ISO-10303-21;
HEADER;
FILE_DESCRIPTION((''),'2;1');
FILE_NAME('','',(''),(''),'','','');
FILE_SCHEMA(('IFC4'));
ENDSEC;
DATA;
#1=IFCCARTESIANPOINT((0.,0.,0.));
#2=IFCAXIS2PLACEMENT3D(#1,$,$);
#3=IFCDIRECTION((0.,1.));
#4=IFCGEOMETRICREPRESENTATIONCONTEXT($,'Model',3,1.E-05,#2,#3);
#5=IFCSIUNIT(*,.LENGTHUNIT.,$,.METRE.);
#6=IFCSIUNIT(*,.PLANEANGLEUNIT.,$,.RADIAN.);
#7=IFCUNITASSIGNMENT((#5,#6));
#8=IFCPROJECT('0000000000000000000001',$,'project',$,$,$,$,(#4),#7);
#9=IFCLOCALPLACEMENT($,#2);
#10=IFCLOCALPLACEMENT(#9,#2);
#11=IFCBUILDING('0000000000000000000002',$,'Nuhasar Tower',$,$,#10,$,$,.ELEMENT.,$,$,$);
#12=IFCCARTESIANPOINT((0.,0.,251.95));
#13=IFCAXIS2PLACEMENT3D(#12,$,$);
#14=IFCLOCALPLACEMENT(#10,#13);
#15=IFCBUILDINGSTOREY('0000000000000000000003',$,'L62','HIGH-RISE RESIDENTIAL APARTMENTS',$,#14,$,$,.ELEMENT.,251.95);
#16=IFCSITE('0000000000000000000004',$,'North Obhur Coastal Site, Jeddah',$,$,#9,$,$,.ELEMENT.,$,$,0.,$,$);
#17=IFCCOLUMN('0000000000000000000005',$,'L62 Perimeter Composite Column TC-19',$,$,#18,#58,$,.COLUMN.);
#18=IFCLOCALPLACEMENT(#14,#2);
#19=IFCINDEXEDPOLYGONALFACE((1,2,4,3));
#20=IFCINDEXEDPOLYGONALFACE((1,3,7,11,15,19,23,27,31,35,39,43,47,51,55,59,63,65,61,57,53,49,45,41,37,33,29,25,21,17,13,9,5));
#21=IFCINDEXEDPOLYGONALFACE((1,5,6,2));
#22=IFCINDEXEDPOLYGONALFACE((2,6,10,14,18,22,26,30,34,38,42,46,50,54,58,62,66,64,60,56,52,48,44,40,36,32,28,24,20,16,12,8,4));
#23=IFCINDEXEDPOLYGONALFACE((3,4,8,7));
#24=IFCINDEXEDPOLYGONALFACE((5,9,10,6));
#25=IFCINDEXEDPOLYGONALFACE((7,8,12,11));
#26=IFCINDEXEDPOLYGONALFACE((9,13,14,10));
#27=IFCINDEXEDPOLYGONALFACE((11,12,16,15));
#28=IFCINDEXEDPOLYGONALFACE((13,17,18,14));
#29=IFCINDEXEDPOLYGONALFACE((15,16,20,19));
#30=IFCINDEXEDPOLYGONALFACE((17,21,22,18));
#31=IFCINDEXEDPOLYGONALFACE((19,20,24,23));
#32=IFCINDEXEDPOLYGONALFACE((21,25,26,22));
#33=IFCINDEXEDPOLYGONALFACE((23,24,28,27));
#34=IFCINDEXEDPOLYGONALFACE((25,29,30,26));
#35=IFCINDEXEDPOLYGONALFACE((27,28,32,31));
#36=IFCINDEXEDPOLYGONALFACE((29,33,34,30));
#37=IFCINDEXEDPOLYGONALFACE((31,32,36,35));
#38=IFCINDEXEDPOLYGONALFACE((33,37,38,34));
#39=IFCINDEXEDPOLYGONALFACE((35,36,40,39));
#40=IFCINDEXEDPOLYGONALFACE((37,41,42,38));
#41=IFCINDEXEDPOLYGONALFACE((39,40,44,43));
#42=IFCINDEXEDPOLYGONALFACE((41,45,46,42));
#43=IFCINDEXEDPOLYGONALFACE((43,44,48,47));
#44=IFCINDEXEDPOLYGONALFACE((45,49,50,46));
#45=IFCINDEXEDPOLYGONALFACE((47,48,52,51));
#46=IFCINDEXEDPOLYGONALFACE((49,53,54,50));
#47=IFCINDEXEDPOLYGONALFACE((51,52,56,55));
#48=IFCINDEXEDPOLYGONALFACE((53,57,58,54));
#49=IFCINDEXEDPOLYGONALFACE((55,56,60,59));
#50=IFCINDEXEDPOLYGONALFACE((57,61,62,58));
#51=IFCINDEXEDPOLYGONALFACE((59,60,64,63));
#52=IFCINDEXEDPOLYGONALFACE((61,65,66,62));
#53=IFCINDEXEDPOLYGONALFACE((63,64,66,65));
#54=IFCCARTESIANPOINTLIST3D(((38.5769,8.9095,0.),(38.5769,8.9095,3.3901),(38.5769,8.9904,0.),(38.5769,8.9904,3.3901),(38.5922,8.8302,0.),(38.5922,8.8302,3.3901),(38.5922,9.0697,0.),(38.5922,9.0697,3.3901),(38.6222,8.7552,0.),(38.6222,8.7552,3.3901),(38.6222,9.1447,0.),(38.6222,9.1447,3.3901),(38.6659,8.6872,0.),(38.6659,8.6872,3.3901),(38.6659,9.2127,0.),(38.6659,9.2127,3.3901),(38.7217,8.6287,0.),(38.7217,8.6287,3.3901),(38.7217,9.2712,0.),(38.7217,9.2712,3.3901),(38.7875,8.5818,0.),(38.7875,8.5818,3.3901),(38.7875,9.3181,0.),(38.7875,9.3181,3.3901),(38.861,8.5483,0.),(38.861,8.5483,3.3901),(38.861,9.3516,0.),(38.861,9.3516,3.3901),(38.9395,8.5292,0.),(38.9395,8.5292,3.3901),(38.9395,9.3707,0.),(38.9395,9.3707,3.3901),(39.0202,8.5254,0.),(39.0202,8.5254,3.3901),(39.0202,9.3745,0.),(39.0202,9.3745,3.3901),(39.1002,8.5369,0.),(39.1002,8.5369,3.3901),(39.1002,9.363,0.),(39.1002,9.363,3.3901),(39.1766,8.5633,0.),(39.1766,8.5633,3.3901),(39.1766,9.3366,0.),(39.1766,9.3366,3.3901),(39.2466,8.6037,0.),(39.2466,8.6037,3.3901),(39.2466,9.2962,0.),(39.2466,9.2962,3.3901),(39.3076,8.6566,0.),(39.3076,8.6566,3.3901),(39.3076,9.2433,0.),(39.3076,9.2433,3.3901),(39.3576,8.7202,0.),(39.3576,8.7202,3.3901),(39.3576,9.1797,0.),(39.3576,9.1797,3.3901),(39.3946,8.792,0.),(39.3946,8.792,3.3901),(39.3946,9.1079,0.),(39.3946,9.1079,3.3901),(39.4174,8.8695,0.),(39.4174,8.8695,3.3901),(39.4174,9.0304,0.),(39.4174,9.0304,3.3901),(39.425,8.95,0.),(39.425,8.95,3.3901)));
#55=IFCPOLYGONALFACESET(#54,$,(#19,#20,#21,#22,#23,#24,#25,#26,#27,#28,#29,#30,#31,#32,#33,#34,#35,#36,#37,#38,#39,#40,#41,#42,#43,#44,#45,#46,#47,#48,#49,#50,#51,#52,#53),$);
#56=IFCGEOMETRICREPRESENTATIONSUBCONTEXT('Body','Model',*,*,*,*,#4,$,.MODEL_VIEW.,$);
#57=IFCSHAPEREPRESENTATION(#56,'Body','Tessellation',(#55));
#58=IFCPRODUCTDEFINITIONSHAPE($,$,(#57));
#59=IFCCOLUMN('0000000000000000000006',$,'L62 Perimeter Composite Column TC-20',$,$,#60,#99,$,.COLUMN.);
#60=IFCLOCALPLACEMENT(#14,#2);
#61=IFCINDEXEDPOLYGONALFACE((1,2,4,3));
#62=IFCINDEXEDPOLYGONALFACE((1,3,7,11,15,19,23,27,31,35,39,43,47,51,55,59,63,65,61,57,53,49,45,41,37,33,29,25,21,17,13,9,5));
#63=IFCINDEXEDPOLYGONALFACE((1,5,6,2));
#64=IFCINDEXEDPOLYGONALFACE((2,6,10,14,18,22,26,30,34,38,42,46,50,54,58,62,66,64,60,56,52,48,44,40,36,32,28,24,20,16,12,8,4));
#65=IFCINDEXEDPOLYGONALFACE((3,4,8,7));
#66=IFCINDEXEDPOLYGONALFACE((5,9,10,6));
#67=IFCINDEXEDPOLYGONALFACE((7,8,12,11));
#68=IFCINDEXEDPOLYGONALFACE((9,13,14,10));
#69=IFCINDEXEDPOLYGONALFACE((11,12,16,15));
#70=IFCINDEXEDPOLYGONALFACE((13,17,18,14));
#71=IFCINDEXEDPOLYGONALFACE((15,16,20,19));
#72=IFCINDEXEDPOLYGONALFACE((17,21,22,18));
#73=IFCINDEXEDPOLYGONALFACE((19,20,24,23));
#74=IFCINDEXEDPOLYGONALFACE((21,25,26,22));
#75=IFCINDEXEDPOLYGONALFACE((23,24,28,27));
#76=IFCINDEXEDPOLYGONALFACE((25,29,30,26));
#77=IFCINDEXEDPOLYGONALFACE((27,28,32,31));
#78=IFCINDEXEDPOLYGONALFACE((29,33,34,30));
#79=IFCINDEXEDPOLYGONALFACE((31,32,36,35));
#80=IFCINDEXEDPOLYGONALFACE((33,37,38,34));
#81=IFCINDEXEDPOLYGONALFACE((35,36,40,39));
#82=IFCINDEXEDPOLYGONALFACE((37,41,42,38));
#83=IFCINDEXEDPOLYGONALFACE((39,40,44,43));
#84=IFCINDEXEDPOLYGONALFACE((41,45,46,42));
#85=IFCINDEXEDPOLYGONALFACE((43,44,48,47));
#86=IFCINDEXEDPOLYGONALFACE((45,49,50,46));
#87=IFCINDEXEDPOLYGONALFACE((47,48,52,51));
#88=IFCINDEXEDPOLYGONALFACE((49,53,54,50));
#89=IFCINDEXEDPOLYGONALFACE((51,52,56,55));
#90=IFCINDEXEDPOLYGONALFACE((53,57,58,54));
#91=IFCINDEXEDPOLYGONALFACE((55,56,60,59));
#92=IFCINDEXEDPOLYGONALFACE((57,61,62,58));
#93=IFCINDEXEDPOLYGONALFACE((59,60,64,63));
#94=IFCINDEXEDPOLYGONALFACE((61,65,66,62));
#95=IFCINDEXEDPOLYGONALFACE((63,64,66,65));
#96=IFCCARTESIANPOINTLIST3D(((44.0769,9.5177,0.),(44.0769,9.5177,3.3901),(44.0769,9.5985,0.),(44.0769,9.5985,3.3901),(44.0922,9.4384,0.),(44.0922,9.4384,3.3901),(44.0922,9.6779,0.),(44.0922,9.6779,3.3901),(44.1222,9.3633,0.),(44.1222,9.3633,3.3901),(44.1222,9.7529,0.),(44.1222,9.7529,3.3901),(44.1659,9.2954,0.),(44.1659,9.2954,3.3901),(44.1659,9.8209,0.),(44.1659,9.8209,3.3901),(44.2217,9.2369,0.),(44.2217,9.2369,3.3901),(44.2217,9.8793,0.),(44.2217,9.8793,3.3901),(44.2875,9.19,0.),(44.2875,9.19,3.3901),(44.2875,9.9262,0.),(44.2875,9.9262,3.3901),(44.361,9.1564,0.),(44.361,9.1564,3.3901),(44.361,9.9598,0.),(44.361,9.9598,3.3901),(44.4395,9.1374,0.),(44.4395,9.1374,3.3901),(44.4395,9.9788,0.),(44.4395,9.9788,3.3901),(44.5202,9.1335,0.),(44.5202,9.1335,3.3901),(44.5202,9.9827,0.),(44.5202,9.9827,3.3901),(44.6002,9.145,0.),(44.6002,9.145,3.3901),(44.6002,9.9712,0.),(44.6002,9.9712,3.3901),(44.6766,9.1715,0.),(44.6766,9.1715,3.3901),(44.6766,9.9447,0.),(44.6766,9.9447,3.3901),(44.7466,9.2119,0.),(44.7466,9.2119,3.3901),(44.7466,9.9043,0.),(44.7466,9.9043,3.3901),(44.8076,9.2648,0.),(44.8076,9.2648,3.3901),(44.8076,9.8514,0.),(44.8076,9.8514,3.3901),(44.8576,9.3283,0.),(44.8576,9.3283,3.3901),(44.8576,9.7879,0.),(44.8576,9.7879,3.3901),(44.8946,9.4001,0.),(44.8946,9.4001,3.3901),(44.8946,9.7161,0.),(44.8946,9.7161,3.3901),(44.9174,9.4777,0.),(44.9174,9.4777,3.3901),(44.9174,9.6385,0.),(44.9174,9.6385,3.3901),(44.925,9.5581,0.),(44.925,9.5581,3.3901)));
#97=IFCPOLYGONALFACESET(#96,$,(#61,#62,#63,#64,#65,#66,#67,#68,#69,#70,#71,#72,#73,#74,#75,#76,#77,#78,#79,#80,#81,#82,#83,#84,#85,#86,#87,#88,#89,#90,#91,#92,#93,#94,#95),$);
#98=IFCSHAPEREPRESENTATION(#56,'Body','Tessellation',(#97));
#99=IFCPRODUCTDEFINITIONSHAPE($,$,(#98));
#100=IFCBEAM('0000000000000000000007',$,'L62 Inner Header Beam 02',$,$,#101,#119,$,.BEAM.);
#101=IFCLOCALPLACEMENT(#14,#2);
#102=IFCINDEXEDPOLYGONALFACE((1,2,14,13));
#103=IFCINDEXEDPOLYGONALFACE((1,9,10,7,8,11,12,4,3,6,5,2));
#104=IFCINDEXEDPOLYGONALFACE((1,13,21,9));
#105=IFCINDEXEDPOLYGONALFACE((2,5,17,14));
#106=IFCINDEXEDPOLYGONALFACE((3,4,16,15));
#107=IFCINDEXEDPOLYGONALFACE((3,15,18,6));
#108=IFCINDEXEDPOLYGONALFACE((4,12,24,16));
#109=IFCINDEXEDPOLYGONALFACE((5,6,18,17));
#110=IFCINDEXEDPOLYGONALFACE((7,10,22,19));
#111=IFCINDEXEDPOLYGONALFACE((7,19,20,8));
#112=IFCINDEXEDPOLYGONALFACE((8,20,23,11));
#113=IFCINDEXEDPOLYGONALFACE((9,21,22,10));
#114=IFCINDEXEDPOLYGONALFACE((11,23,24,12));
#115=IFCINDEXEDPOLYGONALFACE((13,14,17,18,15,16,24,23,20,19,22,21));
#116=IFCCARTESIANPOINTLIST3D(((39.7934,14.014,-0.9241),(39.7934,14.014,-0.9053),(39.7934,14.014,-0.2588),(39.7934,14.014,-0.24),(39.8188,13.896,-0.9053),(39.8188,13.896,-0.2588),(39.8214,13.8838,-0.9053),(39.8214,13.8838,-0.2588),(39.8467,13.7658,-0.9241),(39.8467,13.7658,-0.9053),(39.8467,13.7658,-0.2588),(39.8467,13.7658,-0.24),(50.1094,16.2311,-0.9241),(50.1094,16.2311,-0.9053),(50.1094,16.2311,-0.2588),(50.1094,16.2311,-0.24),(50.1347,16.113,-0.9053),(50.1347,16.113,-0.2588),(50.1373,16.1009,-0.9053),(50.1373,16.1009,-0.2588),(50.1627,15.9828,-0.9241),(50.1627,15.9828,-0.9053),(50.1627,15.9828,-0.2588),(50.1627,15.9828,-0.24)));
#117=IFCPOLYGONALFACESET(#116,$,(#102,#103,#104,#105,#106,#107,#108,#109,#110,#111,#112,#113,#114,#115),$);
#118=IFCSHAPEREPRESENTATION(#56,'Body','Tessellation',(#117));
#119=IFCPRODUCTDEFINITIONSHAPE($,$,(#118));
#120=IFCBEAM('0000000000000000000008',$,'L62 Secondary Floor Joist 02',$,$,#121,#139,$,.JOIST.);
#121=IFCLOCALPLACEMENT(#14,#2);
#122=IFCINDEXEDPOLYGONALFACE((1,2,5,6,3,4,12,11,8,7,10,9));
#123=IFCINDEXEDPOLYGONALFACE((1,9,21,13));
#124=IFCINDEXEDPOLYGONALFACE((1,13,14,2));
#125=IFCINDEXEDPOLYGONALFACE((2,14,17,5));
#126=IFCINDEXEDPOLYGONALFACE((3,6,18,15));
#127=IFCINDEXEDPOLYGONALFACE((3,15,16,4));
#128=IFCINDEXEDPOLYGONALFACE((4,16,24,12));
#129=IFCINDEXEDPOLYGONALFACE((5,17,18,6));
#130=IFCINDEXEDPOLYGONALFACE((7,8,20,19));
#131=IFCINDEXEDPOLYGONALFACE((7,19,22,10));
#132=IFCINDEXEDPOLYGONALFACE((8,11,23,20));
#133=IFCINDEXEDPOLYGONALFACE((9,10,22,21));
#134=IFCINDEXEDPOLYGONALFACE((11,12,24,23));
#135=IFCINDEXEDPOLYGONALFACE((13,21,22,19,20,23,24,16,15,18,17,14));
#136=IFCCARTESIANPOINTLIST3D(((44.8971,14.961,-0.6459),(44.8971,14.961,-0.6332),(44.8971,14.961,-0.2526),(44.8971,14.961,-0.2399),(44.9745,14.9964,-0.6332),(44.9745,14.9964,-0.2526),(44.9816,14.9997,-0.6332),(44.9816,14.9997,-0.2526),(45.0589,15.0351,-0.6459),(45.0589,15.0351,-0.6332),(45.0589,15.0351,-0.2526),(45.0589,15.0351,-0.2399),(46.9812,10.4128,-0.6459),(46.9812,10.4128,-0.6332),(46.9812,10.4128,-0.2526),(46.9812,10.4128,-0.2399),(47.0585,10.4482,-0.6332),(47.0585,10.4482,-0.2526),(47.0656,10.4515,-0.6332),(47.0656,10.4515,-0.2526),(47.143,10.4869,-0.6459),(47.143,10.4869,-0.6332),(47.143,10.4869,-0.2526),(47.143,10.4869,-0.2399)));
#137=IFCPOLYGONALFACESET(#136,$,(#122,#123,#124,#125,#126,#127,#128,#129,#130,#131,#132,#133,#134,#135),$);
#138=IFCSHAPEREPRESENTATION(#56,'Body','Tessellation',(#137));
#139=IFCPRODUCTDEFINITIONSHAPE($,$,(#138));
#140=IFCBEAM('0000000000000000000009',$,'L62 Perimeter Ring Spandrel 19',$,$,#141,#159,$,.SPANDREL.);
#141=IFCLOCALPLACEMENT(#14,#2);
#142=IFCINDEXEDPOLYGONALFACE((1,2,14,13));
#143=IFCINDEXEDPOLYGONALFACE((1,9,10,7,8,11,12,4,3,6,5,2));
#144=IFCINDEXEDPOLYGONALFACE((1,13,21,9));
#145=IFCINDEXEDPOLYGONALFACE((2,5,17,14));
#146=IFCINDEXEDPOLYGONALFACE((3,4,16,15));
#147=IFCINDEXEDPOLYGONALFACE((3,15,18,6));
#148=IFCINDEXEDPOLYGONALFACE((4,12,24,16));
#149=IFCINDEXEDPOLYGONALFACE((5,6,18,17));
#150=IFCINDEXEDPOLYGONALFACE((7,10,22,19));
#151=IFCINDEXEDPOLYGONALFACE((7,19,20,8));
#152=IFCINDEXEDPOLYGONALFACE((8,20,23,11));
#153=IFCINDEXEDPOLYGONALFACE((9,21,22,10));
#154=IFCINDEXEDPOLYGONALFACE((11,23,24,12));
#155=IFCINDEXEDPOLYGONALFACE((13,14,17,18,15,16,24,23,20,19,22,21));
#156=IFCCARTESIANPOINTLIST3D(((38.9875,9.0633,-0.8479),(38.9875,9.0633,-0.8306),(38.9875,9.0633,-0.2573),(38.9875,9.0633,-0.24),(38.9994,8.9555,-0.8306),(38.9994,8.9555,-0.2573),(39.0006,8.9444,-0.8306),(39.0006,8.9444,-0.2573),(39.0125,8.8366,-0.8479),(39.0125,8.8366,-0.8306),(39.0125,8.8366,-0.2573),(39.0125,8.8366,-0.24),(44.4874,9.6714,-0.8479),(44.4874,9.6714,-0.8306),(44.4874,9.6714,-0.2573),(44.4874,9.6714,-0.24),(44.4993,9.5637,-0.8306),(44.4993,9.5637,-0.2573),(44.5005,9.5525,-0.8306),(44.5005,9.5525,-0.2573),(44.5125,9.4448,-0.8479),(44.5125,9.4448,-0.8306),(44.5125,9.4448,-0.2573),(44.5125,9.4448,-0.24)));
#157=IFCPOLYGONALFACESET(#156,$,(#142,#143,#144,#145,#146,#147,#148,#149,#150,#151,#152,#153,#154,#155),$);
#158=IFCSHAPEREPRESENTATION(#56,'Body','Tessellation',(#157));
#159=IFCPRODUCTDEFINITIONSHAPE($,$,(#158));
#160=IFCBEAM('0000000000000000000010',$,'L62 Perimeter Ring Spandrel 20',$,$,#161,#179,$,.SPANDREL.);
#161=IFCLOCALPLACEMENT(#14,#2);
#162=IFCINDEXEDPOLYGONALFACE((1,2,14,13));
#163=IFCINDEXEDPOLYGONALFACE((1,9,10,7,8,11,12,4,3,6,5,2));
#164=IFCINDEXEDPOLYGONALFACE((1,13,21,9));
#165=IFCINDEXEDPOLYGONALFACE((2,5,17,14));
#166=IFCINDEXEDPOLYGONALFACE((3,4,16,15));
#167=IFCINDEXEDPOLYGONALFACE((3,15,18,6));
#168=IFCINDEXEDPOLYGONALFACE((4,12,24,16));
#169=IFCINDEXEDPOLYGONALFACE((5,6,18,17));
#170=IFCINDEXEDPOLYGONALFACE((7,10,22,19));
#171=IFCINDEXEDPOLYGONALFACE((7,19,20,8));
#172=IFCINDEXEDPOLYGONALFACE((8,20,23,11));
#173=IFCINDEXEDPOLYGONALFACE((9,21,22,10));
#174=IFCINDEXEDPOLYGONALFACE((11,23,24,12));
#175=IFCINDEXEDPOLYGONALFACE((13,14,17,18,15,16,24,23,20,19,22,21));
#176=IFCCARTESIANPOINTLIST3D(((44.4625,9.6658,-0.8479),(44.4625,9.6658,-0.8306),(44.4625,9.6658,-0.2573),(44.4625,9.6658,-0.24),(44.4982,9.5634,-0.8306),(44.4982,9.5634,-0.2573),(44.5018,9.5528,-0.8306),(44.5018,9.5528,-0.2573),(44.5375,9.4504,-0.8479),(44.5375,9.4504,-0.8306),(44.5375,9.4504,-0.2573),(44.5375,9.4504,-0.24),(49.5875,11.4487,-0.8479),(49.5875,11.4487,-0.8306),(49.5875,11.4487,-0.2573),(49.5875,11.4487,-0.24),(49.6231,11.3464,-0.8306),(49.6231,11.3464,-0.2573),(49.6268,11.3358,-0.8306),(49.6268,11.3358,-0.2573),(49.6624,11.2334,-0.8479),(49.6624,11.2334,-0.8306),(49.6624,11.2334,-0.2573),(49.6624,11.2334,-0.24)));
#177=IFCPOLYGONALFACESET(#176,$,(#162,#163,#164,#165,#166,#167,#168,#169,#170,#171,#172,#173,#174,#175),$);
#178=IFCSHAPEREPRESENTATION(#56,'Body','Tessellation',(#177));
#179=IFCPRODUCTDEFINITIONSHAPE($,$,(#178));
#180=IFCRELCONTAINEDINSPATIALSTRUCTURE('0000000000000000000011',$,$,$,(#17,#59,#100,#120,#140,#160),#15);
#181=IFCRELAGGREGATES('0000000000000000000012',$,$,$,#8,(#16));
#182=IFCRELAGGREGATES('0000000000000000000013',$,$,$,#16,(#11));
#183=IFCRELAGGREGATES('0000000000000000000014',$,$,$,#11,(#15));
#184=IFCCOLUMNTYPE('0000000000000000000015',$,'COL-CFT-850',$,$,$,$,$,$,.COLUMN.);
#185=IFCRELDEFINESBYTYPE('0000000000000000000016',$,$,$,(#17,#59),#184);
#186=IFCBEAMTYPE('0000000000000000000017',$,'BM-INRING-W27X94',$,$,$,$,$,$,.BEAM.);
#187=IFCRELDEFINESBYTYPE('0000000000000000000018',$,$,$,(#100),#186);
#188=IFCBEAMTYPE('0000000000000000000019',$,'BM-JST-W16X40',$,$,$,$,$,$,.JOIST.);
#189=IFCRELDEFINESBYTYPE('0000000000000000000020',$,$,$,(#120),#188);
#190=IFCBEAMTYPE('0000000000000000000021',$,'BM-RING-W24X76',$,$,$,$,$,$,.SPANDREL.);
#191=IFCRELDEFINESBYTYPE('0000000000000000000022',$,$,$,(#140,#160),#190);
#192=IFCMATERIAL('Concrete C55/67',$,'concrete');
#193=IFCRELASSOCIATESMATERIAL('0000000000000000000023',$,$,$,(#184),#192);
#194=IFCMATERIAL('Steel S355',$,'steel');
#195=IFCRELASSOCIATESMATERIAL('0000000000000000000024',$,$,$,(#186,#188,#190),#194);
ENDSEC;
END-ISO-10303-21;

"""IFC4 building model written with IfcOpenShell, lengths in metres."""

from ifc_helpers import new_model, si_unit, direction, frame, origin, origin_2d, place, context, subcontext, project, spatial, circle, i_section, extrude, material, material_profile, profile_set, type_object, element, save


model = new_model("IFC4")

# Units and contexts
model_context = context("Model", 3, precision=1e-05, world=origin(), true_north=direction((0.0, 1.0)))
body_context = subcontext(model_context, "Body", "Model", "MODEL_VIEW")
ifc_project = project(units=[si_unit("LENGTHUNIT", "METRE"), si_unit("PLANEANGLEUNIT", "RADIAN")], contexts=[model_context])

# Site, building, storey
site_placement = place(None, origin())
site = spatial("IfcSite", under=ifc_project, at=site_placement, Name="North Obhur Coastal Site, Jeddah", CompositionType="ELEMENT", RefElevation=0.0)
building_placement = place(site_placement, origin())
building = spatial("IfcBuilding", under=site, at=building_placement, Name="Nuhasar Tower", CompositionType="ELEMENT")
storey_placement = place(building_placement, frame((0.0, 0.0, 251.95)))
storey = spatial("IfcBuildingStorey", under=building, at=storey_placement, Name="L62", Description="HIGH-RISE RESIDENTIAL APARTMENTS", CompositionType="ELEMENT", Elevation=251.95)

# Columns
ifc_material_1 = material(Name="Concrete C55/67", Category="concrete")
ifc_material_profile_1 = material_profile(ifc_material_1, circle(Radius=0.425, at=origin_2d()), Name="CFT850")
ifc_profile_set_1 = profile_set([ifc_material_profile_1], Name="Concrete C55/67")
column_type = type_object("IfcColumnType", Name="COL-CFT-850", PredefinedType="COLUMN", material=ifc_profile_set_1)
for number, where, z_axis, x_axis, name in (
    (1, (39.0, 8.95, 0.0), (0.0, 0.0, 1.0), (1.0, 0.0, 0.0), "L62 Perimeter Composite Column TC-19"),
    (2, (44.5, 9.5581, 0.0), (0.0, 0.0, 1.0), (1.0, 0.0, 0.0), "L62 Perimeter Composite Column TC-20"),
):
    element("IfcColumn", number, at=place(storey_placement, frame(where, z_axis=z_axis, x_axis=x_axis)), inside=storey, type_object=column_type, Name=name, PredefinedType="COLUMN", context=body_context, shape_type="SweptSolid", body=[
        extrude(circle(Radius=0.425, at=origin_2d()), origin(), (0.0, 0.0, 1.0), 3.3901),
    ])

# Beams
ifc_material_2 = material(Name="Steel S355", Category="steel")
ifc_material_profile_2 = material_profile(ifc_material_2, i_section(OverallWidth=0.2539, OverallDepth=0.6841, WebThickness=0.0125, FlangeThickness=0.0188, at=origin_2d()), Name="W27X94")
ifc_profile_set_2 = profile_set([ifc_material_profile_2], Name="Steel S355")
beam_type_1 = type_object("IfcBeamType", Name="BM-INRING-W27X94", PredefinedType="BEAM", material=ifc_profile_set_2)
beam_1_placement = place(storey_placement, frame((39.8201, 13.8899, -0.582), z_axis=(0.977676, 0.210117, 0.0), x_axis=(-0.210117, 0.977676, 0.0)))
element("IfcBeam", 3, at=beam_1_placement, inside=storey, type_object=beam_type_1, Name="L62 Inner Header Beam 02", PredefinedType="BEAM", context=body_context, shape_type="SweptSolid", body=[
    extrude(i_section(OverallWidth=0.2539, OverallDepth=0.6841, WebThickness=0.0125, FlangeThickness=0.0188, at=origin_2d()), origin(), (0.0, 0.0, 1.0), 10.5515),
])
ifc_material_profile_3 = material_profile(ifc_material_2, i_section(OverallWidth=0.178, OverallDepth=0.406, WebThickness=0.0078, FlangeThickness=0.0127, at=origin_2d()), Name="W16X40")
ifc_profile_set_3 = profile_set([ifc_material_profile_3], Name="Steel S355")
beam_type_2 = type_object("IfcBeamType", Name="BM-JST-W16X40", PredefinedType="JOIST", material=ifc_profile_set_3)
beam_2_placement = place(storey_placement, frame((44.978, 14.998, -0.4429), z_axis=(0.416562, -0.909107, 0.0), x_axis=(0.909107, 0.416562, 0.0)))
element("IfcBeam", 4, at=beam_2_placement, inside=storey, type_object=beam_type_2, Name="L62 Secondary Floor Joist 02", PredefinedType="JOIST", context=body_context, shape_type="SweptSolid", body=[
    extrude(i_section(OverallWidth=0.178, OverallDepth=0.406, WebThickness=0.0078, FlangeThickness=0.0127, at=origin_2d()), origin(), (0.0, 0.0, 1.0), 5.0029),
])
ifc_material_profile_4 = material_profile(ifc_material_2, i_section(OverallWidth=0.228, OverallDepth=0.6079, WebThickness=0.0112, FlangeThickness=0.0173, at=origin_2d()), Name="W24X76")
ifc_profile_set_4 = profile_set([ifc_material_profile_4], Name="Steel S355")
beam_type_3 = type_object("IfcBeamType", Name="BM-RING-W24X76", PredefinedType="SPANDREL", material=ifc_profile_set_4)
beam_3_placement = place(storey_placement, frame((39.0, 8.95, -0.5439), z_axis=(0.993942, 0.109904, 0.0), x_axis=(-0.109904, 0.993942, 0.0)))
element("IfcBeam", 5, at=beam_3_placement, inside=storey, type_object=beam_type_3, Name="L62 Perimeter Ring Spandrel 19", PredefinedType="SPANDREL", context=body_context, shape_type="SweptSolid", body=[
    extrude(i_section(OverallWidth=0.228, OverallDepth=0.6079, WebThickness=0.0112, FlangeThickness=0.0173, at=origin_2d()), origin(), (0.0, 0.0, 1.0), 5.5334),
])
beam_4_placement = place(storey_placement, frame((44.5, 9.5581, -0.5439), z_axis=(0.944477, 0.328578, 0.0), x_axis=(-0.328578, 0.944477, 0.0)))
element("IfcBeam", 6, at=beam_4_placement, inside=storey, type_object=beam_type_3, Name="L62 Perimeter Ring Spandrel 20", PredefinedType="SPANDREL", context=body_context, shape_type="SweptSolid", body=[
    extrude(i_section(OverallWidth=0.228, OverallDepth=0.6079, WebThickness=0.0112, FlangeThickness=0.0173, at=origin_2d()), origin(), (0.0, 0.0, 1.0), 5.4263),
])

save(model, "model.ifc")
